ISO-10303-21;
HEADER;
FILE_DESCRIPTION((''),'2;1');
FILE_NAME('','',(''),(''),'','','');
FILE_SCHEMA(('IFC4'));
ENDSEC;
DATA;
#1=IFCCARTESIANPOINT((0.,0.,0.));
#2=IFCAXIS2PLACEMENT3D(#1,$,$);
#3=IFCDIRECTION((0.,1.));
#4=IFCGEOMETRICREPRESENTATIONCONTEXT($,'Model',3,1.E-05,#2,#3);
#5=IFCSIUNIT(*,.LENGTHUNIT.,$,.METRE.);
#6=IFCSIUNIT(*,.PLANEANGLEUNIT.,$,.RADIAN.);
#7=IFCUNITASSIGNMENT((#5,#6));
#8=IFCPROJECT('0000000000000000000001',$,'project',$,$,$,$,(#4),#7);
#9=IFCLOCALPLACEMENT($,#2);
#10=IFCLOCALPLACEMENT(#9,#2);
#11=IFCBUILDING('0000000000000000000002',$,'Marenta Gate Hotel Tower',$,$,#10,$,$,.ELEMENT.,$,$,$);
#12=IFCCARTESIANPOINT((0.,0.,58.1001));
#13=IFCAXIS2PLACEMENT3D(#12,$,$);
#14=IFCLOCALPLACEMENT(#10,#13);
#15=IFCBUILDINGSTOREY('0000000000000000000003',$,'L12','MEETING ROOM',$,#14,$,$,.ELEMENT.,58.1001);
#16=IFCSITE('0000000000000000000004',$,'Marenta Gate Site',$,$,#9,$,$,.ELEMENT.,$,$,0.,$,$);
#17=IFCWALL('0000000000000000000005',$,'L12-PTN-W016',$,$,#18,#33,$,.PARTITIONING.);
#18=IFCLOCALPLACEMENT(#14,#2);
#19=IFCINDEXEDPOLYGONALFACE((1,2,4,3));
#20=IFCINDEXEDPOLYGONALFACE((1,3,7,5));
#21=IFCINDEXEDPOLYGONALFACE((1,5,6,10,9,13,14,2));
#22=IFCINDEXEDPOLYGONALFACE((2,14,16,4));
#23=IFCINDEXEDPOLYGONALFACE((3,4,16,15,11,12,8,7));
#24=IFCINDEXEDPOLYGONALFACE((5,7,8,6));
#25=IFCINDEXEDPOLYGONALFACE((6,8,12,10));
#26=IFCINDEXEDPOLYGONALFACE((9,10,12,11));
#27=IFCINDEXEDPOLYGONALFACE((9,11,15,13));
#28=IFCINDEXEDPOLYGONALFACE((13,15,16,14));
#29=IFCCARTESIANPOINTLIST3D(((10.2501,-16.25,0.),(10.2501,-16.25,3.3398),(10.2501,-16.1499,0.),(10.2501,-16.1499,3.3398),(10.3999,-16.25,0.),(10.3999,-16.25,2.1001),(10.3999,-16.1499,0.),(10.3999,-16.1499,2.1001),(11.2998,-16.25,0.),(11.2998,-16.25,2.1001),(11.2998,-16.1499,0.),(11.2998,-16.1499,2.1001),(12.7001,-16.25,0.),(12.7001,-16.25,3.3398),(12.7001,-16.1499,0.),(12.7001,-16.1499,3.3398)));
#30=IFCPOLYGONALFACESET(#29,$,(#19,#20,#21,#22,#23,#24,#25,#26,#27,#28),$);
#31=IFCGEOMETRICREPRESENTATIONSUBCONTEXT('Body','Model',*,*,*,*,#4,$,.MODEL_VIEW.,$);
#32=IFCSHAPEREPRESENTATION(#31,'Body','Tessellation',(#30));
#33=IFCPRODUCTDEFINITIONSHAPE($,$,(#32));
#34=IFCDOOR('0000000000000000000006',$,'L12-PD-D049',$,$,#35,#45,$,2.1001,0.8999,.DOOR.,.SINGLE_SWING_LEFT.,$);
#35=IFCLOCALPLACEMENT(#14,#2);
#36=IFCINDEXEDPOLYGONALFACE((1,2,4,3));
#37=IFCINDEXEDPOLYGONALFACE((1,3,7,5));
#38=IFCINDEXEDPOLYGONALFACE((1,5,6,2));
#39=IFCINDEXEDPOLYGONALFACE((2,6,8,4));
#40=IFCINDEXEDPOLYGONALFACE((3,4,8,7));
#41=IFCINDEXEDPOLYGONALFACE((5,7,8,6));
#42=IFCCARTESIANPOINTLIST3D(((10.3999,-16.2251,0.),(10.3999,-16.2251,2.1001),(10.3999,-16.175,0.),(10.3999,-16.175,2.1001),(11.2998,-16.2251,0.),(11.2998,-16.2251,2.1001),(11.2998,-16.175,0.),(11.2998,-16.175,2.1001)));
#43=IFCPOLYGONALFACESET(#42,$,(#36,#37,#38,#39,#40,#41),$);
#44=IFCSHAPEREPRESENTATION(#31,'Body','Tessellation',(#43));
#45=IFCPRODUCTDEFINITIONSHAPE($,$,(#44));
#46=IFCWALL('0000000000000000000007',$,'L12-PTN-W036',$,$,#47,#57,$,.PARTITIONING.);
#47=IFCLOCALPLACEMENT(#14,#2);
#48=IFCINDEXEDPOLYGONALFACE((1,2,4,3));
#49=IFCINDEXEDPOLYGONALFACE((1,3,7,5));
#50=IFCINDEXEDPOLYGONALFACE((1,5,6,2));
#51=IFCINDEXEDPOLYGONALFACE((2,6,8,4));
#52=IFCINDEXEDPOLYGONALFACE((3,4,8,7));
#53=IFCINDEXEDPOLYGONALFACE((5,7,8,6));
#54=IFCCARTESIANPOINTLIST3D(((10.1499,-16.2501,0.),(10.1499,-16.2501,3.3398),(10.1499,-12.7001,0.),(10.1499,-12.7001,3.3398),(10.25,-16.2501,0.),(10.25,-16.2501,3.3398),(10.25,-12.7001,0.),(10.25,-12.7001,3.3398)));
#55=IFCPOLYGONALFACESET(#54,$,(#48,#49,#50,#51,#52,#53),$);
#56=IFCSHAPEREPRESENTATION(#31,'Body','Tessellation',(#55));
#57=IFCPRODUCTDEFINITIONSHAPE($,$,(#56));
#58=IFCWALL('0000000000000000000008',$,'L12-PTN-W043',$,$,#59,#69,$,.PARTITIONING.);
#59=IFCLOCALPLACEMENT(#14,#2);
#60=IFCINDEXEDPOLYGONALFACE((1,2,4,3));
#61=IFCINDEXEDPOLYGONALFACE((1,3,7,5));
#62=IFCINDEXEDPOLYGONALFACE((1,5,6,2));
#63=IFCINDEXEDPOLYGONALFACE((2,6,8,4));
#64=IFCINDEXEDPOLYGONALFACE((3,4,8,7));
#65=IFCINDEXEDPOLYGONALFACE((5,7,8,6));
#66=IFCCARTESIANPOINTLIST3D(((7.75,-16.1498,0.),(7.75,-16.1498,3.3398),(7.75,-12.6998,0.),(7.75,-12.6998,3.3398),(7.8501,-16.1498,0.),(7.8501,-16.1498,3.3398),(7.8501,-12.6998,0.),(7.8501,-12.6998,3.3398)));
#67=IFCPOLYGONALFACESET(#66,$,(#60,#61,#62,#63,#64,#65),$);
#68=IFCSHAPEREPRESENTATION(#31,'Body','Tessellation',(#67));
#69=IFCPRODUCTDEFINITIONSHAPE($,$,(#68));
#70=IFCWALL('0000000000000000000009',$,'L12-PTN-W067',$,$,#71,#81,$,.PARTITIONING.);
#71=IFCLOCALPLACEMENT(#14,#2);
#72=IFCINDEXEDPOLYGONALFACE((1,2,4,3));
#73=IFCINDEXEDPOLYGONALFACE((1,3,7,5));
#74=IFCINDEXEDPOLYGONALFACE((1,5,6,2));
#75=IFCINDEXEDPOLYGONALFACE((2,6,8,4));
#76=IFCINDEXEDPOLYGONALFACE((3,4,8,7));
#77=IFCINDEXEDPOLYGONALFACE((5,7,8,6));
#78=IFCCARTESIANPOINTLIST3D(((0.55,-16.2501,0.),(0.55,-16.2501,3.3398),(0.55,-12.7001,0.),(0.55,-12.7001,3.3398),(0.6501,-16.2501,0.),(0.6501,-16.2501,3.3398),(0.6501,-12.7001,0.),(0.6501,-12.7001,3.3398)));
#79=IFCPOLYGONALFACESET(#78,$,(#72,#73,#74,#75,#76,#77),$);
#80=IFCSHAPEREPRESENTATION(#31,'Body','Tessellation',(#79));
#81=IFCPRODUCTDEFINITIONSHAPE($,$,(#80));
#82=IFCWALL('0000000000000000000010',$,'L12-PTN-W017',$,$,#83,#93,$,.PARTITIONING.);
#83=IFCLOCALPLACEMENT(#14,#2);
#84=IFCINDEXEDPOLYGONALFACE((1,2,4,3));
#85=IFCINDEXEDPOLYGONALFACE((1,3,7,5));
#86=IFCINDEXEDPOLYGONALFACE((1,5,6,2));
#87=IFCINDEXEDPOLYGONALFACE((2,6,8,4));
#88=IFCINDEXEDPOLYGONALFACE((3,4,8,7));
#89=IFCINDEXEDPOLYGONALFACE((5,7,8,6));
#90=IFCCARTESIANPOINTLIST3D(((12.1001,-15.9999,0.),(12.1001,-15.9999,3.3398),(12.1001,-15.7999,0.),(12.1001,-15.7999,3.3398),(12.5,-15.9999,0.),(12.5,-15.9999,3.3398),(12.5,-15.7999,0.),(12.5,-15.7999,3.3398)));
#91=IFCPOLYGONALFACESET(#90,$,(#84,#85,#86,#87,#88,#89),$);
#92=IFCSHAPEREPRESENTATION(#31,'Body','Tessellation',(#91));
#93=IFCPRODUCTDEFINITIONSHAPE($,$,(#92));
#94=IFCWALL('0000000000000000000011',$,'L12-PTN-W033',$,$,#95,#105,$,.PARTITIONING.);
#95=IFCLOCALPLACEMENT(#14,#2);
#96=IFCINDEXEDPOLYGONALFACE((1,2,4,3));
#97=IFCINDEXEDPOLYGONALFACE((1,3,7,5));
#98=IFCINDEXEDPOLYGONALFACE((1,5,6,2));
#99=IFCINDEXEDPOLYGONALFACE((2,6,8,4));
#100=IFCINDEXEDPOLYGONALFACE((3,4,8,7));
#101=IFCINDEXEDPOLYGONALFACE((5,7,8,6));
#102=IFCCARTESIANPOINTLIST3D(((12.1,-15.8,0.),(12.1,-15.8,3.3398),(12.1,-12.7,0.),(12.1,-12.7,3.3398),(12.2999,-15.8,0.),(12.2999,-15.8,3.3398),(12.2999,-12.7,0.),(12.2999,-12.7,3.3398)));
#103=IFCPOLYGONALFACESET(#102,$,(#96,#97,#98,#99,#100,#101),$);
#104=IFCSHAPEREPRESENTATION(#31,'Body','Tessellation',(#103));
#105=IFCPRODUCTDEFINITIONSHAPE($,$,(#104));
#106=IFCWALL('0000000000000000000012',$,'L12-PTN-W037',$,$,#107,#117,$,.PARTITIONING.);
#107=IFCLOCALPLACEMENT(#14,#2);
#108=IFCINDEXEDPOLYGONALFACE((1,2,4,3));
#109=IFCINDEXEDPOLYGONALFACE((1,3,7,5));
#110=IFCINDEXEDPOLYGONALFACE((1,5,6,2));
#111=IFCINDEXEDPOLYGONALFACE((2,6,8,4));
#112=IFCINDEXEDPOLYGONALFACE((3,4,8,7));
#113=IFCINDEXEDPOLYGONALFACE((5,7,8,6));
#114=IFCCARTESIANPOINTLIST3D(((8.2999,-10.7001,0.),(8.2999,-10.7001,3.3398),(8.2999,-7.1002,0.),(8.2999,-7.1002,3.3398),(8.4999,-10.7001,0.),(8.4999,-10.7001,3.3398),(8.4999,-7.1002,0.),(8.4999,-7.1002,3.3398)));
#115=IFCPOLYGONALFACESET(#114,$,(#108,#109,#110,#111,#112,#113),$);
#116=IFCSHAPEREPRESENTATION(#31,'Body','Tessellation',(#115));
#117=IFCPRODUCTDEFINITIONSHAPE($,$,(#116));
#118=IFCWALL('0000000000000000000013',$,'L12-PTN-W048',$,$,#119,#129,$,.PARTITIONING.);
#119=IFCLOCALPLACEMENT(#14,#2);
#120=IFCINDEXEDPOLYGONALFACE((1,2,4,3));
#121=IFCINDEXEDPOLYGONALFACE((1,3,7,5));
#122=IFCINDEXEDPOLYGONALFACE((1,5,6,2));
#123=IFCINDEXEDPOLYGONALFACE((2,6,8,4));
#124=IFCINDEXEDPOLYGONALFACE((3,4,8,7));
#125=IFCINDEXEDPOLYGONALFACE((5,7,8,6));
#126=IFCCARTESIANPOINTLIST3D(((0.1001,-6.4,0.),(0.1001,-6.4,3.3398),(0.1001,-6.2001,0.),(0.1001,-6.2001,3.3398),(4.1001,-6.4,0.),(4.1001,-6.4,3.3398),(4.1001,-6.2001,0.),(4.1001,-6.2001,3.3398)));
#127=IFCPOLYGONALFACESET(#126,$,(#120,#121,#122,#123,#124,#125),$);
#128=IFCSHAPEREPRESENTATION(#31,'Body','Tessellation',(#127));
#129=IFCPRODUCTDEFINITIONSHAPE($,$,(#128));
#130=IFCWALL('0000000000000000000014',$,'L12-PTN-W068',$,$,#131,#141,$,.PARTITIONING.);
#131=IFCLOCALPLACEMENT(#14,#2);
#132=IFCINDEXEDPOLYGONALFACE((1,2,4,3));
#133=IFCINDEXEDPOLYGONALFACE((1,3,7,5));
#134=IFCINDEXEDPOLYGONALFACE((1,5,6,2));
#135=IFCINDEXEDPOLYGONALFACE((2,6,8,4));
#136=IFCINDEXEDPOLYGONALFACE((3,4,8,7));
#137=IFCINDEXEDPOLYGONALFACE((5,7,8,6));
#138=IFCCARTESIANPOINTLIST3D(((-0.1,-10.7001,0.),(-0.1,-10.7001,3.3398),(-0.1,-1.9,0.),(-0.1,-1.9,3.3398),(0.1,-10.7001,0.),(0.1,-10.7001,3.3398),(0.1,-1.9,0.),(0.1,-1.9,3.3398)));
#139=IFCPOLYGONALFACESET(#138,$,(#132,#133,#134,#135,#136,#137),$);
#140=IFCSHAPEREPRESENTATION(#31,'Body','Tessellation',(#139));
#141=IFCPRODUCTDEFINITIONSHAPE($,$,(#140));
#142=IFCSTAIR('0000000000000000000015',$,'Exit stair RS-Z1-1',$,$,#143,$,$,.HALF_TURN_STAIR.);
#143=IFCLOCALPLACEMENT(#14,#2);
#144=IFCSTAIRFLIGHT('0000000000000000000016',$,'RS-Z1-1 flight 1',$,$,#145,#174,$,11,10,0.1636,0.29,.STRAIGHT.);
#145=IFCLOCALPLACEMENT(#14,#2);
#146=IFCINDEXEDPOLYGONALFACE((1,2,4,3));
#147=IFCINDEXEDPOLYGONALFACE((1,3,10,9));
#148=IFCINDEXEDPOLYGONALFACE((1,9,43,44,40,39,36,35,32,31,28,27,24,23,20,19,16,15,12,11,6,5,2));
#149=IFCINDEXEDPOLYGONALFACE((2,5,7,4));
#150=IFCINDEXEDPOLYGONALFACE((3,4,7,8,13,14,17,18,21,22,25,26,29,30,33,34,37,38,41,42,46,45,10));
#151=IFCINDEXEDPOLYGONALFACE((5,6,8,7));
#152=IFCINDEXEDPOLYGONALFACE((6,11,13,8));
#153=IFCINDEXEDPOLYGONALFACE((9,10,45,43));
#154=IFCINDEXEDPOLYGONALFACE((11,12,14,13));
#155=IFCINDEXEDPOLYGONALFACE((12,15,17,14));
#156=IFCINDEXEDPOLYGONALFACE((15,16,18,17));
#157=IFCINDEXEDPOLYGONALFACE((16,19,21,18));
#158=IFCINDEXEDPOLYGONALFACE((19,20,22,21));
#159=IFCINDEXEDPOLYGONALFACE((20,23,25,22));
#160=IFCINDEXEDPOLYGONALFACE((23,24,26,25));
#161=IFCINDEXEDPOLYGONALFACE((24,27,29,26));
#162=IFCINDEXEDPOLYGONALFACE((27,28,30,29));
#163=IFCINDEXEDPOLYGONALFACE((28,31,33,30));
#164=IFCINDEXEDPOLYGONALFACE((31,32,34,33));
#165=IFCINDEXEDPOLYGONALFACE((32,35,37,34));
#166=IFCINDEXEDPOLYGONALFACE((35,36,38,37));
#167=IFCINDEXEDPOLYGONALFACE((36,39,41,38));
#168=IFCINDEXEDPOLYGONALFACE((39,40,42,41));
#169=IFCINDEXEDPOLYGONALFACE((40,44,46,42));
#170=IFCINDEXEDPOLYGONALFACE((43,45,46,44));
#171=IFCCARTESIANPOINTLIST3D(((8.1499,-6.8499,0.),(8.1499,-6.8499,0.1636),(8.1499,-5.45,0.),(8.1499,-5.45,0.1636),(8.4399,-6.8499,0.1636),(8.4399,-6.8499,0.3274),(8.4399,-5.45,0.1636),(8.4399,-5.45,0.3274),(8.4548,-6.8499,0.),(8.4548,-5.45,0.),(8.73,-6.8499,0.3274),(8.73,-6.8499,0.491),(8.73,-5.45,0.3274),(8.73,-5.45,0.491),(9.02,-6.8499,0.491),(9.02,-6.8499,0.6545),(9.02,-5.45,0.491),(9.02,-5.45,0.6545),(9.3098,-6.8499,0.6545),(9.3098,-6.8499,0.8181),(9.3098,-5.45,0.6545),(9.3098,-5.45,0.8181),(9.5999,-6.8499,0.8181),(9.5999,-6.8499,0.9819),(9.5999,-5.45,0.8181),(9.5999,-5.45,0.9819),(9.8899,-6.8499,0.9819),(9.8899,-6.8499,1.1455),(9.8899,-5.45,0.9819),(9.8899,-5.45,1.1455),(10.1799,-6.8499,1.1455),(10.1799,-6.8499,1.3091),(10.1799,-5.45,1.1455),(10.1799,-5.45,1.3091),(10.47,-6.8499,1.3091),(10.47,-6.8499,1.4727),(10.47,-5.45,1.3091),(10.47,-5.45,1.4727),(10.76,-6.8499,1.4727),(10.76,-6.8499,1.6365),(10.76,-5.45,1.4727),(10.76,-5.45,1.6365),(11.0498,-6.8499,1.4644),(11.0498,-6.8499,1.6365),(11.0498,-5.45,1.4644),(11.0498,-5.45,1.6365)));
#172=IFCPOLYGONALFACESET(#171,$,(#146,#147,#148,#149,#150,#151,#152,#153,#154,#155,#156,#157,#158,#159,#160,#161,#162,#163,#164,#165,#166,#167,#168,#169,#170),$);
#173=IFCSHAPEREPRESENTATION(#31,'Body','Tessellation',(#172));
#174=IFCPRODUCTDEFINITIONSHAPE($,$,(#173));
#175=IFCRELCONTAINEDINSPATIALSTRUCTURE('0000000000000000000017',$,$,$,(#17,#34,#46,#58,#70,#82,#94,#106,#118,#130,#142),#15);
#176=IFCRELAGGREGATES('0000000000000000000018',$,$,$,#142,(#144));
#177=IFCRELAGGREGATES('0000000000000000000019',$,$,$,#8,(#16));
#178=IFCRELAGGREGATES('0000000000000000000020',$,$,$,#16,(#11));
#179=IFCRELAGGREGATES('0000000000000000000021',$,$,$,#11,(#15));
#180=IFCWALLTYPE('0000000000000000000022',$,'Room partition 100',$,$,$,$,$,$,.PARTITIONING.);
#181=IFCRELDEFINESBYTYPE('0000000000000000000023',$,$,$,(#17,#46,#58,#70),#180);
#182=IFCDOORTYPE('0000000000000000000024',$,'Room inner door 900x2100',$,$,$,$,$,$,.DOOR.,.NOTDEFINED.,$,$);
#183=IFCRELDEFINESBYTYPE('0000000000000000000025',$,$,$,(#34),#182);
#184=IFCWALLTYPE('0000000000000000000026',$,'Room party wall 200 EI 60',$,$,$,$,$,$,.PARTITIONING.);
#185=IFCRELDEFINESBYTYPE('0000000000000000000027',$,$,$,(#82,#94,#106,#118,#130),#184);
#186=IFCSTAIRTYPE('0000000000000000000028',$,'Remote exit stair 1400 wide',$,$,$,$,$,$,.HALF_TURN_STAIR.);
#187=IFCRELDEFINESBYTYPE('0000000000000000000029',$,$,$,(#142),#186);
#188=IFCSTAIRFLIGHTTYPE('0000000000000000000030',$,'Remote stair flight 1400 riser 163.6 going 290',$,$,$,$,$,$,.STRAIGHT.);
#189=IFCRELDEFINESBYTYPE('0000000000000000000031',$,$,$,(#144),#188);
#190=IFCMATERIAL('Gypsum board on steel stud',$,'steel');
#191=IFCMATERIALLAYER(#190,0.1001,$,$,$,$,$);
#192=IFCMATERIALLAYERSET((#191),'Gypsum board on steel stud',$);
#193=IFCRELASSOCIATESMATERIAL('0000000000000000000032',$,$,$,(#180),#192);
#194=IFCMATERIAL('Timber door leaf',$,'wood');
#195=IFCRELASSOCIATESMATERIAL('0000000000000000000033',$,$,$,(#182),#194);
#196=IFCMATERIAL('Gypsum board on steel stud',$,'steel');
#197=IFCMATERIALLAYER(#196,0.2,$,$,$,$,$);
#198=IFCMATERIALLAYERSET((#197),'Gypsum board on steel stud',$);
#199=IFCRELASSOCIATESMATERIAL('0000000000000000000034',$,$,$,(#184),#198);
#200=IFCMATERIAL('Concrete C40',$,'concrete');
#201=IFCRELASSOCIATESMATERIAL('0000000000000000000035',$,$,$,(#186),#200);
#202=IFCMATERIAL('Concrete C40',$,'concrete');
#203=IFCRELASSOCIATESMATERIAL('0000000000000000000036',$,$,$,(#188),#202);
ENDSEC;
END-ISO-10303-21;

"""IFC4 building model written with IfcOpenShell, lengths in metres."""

from ifc_helpers import new_model, si_unit, direction, frame, frame_2d, origin, place, context, subcontext, project, spatial, polyline, rectangle, outline, extrude, material, layer, layer_set, type_object, element, fill, aggregate, save


model = new_model("IFC4")

# Units and contexts
model_context = context("Model", 3, precision=1e-05, world=origin(), true_north=direction((0.0, 1.0)))
body_context = subcontext(model_context, "Body", "Model", "MODEL_VIEW")
ifc_project = project(units=[si_unit("LENGTHUNIT", "METRE"), si_unit("PLANEANGLEUNIT", "RADIAN")], contexts=[model_context])

# Site, building, storey
site_placement = place(None, origin())
site = spatial("IfcSite", under=ifc_project, at=site_placement, Name="Marenta Gate Site", CompositionType="ELEMENT", RefElevation=0.0)
building_placement = place(site_placement, origin())
building = spatial("IfcBuilding", under=site, at=building_placement, Name="Marenta Gate Hotel Tower", CompositionType="ELEMENT")
storey_placement = place(building_placement, frame((0.0, 0.0, 58.1001)))
storey = spatial("IfcBuildingStorey", under=building, at=storey_placement, Name="L12", Description="MEETING ROOM", CompositionType="ELEMENT", Elevation=58.1001)

# Shared definitions
ifc_material_1 = material(Name="Gypsum board on steel stud", Category="steel")
ifc_layer_1 = layer(ifc_material_1, 0.1001)
ifc_layer_set_1 = layer_set([ifc_layer_1], Name="Gypsum board on steel stud")
wall_type_1 = type_object("IfcWallType", Name="Room partition 100", PredefinedType="PARTITIONING", material=ifc_layer_set_1)

# Wall, opening, door
wall_1_placement = place(storey_placement, frame((10.25, -16.2, 0.0), z_axis=(0.0, 0.0, 1.0), x_axis=(1.0, 0.0, 0.0)))
wall_1 = element("IfcWall", 1, at=wall_1_placement, inside=storey, type_object=wall_type_1, Name="L12-PTN-W016", PredefinedType="PARTITIONING", context=body_context, shape_type="SweptSolid", body=[
    extrude(rectangle(XDim=2.45, YDim=0.1001, at=frame_2d((1.2251, 0.0))), origin(), (0.0, 0.0, 1.0), 3.3398),
])
opening_1_placement = place(wall_1_placement, frame((0.1499, 0.0, 0.0)))
opening_1 = element("IfcOpeningElement", 2, at=opening_1_placement, cuts=wall_1, PredefinedType="OPENING", context=body_context, shape_type="SweptSolid", body=[
    extrude(rectangle(XDim=0.8999, YDim=2.1001, at=frame_2d((0.45, 1.05))), frame((0.0, 0.05, 0.0), z_axis=(0.0, -1.0, 0.0), x_axis=(1.0, 0.0, 0.0)), (0.0, 0.0, 1.0), 0.1001),
])
ifc_material_2 = material(Name="Timber door leaf", Category="wood")
door_type_1 = type_object("IfcDoorType", Name="Room inner door 900x2100", OperationType="NOTDEFINED", PredefinedType="DOOR", material=ifc_material_2)
door_1_placement = place(opening_1_placement, origin())
door_1 = element("IfcDoor", 3, at=door_1_placement, inside=storey, type_object=door_type_1, Name="L12-PD-D049", OperationType="SINGLE_SWING_LEFT", OverallHeight=2.1001, OverallWidth=0.8999, PredefinedType="DOOR", context=body_context, shape_type="SweptSolid", body=[
    extrude(rectangle(XDim=0.8999, YDim=2.1001, at=frame_2d((0.45, 1.05))), frame((0.0, 0.0249, 0.0), z_axis=(0.0, -1.0, 0.0), x_axis=(1.0, 0.0, 0.0)), (0.0, 0.0, 1.0), 0.05),
])
fill(opening_1, door_1)

# Walls
wall_2_placement = place(storey_placement, frame((10.2, -16.25, 0.0), z_axis=(0.0, 0.0, 1.0), x_axis=(0.0, 1.0, 0.0)))
element("IfcWall", 4, at=wall_2_placement, inside=storey, type_object=wall_type_1, Name="L12-PTN-W036", PredefinedType="PARTITIONING", context=body_context, shape_type="SweptSolid", body=[
    extrude(rectangle(XDim=3.55, YDim=0.1001, at=frame_2d((1.7749, 0.0))), origin(), (0.0, 0.0, 1.0), 3.3398),
])
wall_3_placement = place(storey_placement, frame((7.8, -16.1499, 0.0), z_axis=(0.0, 0.0, 1.0), x_axis=(0.0, 1.0, 0.0)))
element("IfcWall", 5, at=wall_3_placement, inside=storey, type_object=wall_type_1, Name="L12-PTN-W043", PredefinedType="PARTITIONING", context=body_context, shape_type="SweptSolid", body=[
    extrude(rectangle(XDim=3.45, YDim=0.1001, at=frame_2d((1.7251, 0.0))), origin(), (0.0, 0.0, 1.0), 3.3398),
])
wall_4_placement = place(storey_placement, frame((0.6001, -16.25, 0.0), z_axis=(0.0, 0.0, 1.0), x_axis=(0.0, 1.0, 0.0)))
element("IfcWall", 6, at=wall_4_placement, inside=storey, type_object=wall_type_1, Name="L12-PTN-W067", PredefinedType="PARTITIONING", context=body_context, shape_type="SweptSolid", body=[
    extrude(rectangle(XDim=3.55, YDim=0.1001, at=frame_2d((1.7749, 0.0))), origin(), (0.0, 0.0, 1.0), 3.3398),
])
ifc_material_3 = material(Name="Gypsum board on steel stud", Category="steel")
ifc_layer_2 = layer(ifc_material_3, 0.2)
ifc_layer_set_2 = layer_set([ifc_layer_2], Name="Gypsum board on steel stud")
wall_type_2 = type_object("IfcWallType", Name="Room party wall 200 EI 60", PredefinedType="PARTITIONING", material=ifc_layer_set_2)
wall_5_placement = place(storey_placement, frame((12.1001, -15.8999, 0.0), z_axis=(0.0, 0.0, 1.0), x_axis=(1.0, 0.0, 0.0)))
element("IfcWall", 7, at=wall_5_placement, inside=storey, type_object=wall_type_2, Name="L12-PTN-W017", PredefinedType="PARTITIONING", context=body_context, shape_type="SweptSolid", body=[
    extrude(rectangle(XDim=0.3999, YDim=0.2, at=frame_2d((0.2, 0.0))), origin(), (0.0, 0.0, 1.0), 3.3398),
])
wall_6_placement = place(storey_placement, frame((12.2, -15.8, 0.0), z_axis=(0.0, 0.0, 1.0), x_axis=(0.0, 1.0, 0.0)))
element("IfcWall", 8, at=wall_6_placement, inside=storey, type_object=wall_type_2, Name="L12-PTN-W033", PredefinedType="PARTITIONING", context=body_context, shape_type="SweptSolid", body=[
    extrude(rectangle(XDim=3.1001, YDim=0.2, at=frame_2d((1.55, 0.0))), origin(), (0.0, 0.0, 1.0), 3.3398),
])
wall_7_placement = place(storey_placement, frame((8.3999, -10.7, 0.0), z_axis=(0.0, 0.0, 1.0), x_axis=(0.0, 1.0, 0.0)))
element("IfcWall", 9, at=wall_7_placement, inside=storey, type_object=wall_type_2, Name="L12-PTN-W037", PredefinedType="PARTITIONING", context=body_context, shape_type="SweptSolid", body=[
    extrude(rectangle(XDim=3.5999, YDim=0.2, at=frame_2d((1.7998, 0.0))), origin(), (0.0, 0.0, 1.0), 3.3398),
])
wall_8_placement = place(storey_placement, frame((0.1001, -6.3, 0.0), z_axis=(0.0, 0.0, 1.0), x_axis=(1.0, 0.0, 0.0)))
element("IfcWall", 10, at=wall_8_placement, inside=storey, type_object=wall_type_2, Name="L12-PTN-W048", PredefinedType="PARTITIONING", context=body_context, shape_type="SweptSolid", body=[
    extrude(rectangle(XDim=4.0, YDim=0.2, at=frame_2d((2.0, 0.0))), origin(), (0.0, 0.0, 1.0), 3.3398),
])
wall_9_placement = place(storey_placement, frame((0.0, -10.7, 0.0), z_axis=(0.0, 0.0, 1.0), x_axis=(0.0, 1.0, 0.0)))
element("IfcWall", 11, at=wall_9_placement, inside=storey, type_object=wall_type_2, Name="L12-PTN-W068", PredefinedType="PARTITIONING", context=body_context, shape_type="SweptSolid", body=[
    extrude(rectangle(XDim=8.8, YDim=0.2, at=frame_2d((4.3999, 0.0))), origin(), (0.0, 0.0, 1.0), 3.3398),
])

# Stair, stair flight
ifc_material_4 = material(Name="Concrete C40", Category="concrete")
stair_type = type_object("IfcStairType", Name="Remote exit stair 1400 wide", PredefinedType="HALF_TURN_STAIR", material=ifc_material_4)
stair_placement = place(storey_placement, origin())
stair = element("IfcStair", 12, at=stair_placement, inside=storey, type_object=stair_type, Name="Exit stair RS-Z1-1", PredefinedType="HALF_TURN_STAIR")
ifc_material_5 = material(Name="Concrete C40", Category="concrete")
stair_flight_type = type_object("IfcStairFlightType", Name="Remote stair flight 1400 riser 163.6 going 290", PredefinedType="STRAIGHT", material=ifc_material_5)
stair_flight_1_placement = place(storey_placement, frame((8.1499, -6.1499, 0.0), z_axis=(0.0, 0.0, 1.0), x_axis=(1.0, 0.0, 0.0)))
stair_flight_1 = element("IfcStairFlight", 13, at=stair_flight_1_placement, type_object=stair_flight_type, Name="RS-Z1-1 flight 1", NumberOfRisers=11, NumberOfTreads=10, PredefinedType="STRAIGHT", RiserHeight=0.1636, TreadLength=0.29, context=body_context, shape_type="SweptSolid", body=[
    extrude(outline(polyline([(0.0, 0.0), (0.0, 0.1636), (0.29, 0.1636), (0.29, 0.3274), (0.5801, 0.3274), (0.5801, 0.491), (0.8701, 0.491), (0.8701, 0.6545), (1.1599, 0.6545), (1.1599, 0.8181), (1.45, 0.8181), (1.45, 0.9819), (1.74, 0.9819), (1.74, 1.1455), (2.03, 1.1455), (2.03, 1.3091), (2.3201, 1.3091), (2.3201, 1.4727), (2.6101, 1.4727), (2.6101, 1.6365), (2.8999, 1.6365), (2.8999, 1.8), (2.8999, 1.4644), (0.3049, 0.0), (0.0, 0.0)])), frame((0.0, 0.7, 0.0), z_axis=(0.0, -1.0, 0.0), x_axis=(1.0, 0.0, 0.0)), (0.0, 0.0, 1.0), 1.3999),
])
aggregate(stair, [stair_flight_1])

save(model, "model.ifc")
